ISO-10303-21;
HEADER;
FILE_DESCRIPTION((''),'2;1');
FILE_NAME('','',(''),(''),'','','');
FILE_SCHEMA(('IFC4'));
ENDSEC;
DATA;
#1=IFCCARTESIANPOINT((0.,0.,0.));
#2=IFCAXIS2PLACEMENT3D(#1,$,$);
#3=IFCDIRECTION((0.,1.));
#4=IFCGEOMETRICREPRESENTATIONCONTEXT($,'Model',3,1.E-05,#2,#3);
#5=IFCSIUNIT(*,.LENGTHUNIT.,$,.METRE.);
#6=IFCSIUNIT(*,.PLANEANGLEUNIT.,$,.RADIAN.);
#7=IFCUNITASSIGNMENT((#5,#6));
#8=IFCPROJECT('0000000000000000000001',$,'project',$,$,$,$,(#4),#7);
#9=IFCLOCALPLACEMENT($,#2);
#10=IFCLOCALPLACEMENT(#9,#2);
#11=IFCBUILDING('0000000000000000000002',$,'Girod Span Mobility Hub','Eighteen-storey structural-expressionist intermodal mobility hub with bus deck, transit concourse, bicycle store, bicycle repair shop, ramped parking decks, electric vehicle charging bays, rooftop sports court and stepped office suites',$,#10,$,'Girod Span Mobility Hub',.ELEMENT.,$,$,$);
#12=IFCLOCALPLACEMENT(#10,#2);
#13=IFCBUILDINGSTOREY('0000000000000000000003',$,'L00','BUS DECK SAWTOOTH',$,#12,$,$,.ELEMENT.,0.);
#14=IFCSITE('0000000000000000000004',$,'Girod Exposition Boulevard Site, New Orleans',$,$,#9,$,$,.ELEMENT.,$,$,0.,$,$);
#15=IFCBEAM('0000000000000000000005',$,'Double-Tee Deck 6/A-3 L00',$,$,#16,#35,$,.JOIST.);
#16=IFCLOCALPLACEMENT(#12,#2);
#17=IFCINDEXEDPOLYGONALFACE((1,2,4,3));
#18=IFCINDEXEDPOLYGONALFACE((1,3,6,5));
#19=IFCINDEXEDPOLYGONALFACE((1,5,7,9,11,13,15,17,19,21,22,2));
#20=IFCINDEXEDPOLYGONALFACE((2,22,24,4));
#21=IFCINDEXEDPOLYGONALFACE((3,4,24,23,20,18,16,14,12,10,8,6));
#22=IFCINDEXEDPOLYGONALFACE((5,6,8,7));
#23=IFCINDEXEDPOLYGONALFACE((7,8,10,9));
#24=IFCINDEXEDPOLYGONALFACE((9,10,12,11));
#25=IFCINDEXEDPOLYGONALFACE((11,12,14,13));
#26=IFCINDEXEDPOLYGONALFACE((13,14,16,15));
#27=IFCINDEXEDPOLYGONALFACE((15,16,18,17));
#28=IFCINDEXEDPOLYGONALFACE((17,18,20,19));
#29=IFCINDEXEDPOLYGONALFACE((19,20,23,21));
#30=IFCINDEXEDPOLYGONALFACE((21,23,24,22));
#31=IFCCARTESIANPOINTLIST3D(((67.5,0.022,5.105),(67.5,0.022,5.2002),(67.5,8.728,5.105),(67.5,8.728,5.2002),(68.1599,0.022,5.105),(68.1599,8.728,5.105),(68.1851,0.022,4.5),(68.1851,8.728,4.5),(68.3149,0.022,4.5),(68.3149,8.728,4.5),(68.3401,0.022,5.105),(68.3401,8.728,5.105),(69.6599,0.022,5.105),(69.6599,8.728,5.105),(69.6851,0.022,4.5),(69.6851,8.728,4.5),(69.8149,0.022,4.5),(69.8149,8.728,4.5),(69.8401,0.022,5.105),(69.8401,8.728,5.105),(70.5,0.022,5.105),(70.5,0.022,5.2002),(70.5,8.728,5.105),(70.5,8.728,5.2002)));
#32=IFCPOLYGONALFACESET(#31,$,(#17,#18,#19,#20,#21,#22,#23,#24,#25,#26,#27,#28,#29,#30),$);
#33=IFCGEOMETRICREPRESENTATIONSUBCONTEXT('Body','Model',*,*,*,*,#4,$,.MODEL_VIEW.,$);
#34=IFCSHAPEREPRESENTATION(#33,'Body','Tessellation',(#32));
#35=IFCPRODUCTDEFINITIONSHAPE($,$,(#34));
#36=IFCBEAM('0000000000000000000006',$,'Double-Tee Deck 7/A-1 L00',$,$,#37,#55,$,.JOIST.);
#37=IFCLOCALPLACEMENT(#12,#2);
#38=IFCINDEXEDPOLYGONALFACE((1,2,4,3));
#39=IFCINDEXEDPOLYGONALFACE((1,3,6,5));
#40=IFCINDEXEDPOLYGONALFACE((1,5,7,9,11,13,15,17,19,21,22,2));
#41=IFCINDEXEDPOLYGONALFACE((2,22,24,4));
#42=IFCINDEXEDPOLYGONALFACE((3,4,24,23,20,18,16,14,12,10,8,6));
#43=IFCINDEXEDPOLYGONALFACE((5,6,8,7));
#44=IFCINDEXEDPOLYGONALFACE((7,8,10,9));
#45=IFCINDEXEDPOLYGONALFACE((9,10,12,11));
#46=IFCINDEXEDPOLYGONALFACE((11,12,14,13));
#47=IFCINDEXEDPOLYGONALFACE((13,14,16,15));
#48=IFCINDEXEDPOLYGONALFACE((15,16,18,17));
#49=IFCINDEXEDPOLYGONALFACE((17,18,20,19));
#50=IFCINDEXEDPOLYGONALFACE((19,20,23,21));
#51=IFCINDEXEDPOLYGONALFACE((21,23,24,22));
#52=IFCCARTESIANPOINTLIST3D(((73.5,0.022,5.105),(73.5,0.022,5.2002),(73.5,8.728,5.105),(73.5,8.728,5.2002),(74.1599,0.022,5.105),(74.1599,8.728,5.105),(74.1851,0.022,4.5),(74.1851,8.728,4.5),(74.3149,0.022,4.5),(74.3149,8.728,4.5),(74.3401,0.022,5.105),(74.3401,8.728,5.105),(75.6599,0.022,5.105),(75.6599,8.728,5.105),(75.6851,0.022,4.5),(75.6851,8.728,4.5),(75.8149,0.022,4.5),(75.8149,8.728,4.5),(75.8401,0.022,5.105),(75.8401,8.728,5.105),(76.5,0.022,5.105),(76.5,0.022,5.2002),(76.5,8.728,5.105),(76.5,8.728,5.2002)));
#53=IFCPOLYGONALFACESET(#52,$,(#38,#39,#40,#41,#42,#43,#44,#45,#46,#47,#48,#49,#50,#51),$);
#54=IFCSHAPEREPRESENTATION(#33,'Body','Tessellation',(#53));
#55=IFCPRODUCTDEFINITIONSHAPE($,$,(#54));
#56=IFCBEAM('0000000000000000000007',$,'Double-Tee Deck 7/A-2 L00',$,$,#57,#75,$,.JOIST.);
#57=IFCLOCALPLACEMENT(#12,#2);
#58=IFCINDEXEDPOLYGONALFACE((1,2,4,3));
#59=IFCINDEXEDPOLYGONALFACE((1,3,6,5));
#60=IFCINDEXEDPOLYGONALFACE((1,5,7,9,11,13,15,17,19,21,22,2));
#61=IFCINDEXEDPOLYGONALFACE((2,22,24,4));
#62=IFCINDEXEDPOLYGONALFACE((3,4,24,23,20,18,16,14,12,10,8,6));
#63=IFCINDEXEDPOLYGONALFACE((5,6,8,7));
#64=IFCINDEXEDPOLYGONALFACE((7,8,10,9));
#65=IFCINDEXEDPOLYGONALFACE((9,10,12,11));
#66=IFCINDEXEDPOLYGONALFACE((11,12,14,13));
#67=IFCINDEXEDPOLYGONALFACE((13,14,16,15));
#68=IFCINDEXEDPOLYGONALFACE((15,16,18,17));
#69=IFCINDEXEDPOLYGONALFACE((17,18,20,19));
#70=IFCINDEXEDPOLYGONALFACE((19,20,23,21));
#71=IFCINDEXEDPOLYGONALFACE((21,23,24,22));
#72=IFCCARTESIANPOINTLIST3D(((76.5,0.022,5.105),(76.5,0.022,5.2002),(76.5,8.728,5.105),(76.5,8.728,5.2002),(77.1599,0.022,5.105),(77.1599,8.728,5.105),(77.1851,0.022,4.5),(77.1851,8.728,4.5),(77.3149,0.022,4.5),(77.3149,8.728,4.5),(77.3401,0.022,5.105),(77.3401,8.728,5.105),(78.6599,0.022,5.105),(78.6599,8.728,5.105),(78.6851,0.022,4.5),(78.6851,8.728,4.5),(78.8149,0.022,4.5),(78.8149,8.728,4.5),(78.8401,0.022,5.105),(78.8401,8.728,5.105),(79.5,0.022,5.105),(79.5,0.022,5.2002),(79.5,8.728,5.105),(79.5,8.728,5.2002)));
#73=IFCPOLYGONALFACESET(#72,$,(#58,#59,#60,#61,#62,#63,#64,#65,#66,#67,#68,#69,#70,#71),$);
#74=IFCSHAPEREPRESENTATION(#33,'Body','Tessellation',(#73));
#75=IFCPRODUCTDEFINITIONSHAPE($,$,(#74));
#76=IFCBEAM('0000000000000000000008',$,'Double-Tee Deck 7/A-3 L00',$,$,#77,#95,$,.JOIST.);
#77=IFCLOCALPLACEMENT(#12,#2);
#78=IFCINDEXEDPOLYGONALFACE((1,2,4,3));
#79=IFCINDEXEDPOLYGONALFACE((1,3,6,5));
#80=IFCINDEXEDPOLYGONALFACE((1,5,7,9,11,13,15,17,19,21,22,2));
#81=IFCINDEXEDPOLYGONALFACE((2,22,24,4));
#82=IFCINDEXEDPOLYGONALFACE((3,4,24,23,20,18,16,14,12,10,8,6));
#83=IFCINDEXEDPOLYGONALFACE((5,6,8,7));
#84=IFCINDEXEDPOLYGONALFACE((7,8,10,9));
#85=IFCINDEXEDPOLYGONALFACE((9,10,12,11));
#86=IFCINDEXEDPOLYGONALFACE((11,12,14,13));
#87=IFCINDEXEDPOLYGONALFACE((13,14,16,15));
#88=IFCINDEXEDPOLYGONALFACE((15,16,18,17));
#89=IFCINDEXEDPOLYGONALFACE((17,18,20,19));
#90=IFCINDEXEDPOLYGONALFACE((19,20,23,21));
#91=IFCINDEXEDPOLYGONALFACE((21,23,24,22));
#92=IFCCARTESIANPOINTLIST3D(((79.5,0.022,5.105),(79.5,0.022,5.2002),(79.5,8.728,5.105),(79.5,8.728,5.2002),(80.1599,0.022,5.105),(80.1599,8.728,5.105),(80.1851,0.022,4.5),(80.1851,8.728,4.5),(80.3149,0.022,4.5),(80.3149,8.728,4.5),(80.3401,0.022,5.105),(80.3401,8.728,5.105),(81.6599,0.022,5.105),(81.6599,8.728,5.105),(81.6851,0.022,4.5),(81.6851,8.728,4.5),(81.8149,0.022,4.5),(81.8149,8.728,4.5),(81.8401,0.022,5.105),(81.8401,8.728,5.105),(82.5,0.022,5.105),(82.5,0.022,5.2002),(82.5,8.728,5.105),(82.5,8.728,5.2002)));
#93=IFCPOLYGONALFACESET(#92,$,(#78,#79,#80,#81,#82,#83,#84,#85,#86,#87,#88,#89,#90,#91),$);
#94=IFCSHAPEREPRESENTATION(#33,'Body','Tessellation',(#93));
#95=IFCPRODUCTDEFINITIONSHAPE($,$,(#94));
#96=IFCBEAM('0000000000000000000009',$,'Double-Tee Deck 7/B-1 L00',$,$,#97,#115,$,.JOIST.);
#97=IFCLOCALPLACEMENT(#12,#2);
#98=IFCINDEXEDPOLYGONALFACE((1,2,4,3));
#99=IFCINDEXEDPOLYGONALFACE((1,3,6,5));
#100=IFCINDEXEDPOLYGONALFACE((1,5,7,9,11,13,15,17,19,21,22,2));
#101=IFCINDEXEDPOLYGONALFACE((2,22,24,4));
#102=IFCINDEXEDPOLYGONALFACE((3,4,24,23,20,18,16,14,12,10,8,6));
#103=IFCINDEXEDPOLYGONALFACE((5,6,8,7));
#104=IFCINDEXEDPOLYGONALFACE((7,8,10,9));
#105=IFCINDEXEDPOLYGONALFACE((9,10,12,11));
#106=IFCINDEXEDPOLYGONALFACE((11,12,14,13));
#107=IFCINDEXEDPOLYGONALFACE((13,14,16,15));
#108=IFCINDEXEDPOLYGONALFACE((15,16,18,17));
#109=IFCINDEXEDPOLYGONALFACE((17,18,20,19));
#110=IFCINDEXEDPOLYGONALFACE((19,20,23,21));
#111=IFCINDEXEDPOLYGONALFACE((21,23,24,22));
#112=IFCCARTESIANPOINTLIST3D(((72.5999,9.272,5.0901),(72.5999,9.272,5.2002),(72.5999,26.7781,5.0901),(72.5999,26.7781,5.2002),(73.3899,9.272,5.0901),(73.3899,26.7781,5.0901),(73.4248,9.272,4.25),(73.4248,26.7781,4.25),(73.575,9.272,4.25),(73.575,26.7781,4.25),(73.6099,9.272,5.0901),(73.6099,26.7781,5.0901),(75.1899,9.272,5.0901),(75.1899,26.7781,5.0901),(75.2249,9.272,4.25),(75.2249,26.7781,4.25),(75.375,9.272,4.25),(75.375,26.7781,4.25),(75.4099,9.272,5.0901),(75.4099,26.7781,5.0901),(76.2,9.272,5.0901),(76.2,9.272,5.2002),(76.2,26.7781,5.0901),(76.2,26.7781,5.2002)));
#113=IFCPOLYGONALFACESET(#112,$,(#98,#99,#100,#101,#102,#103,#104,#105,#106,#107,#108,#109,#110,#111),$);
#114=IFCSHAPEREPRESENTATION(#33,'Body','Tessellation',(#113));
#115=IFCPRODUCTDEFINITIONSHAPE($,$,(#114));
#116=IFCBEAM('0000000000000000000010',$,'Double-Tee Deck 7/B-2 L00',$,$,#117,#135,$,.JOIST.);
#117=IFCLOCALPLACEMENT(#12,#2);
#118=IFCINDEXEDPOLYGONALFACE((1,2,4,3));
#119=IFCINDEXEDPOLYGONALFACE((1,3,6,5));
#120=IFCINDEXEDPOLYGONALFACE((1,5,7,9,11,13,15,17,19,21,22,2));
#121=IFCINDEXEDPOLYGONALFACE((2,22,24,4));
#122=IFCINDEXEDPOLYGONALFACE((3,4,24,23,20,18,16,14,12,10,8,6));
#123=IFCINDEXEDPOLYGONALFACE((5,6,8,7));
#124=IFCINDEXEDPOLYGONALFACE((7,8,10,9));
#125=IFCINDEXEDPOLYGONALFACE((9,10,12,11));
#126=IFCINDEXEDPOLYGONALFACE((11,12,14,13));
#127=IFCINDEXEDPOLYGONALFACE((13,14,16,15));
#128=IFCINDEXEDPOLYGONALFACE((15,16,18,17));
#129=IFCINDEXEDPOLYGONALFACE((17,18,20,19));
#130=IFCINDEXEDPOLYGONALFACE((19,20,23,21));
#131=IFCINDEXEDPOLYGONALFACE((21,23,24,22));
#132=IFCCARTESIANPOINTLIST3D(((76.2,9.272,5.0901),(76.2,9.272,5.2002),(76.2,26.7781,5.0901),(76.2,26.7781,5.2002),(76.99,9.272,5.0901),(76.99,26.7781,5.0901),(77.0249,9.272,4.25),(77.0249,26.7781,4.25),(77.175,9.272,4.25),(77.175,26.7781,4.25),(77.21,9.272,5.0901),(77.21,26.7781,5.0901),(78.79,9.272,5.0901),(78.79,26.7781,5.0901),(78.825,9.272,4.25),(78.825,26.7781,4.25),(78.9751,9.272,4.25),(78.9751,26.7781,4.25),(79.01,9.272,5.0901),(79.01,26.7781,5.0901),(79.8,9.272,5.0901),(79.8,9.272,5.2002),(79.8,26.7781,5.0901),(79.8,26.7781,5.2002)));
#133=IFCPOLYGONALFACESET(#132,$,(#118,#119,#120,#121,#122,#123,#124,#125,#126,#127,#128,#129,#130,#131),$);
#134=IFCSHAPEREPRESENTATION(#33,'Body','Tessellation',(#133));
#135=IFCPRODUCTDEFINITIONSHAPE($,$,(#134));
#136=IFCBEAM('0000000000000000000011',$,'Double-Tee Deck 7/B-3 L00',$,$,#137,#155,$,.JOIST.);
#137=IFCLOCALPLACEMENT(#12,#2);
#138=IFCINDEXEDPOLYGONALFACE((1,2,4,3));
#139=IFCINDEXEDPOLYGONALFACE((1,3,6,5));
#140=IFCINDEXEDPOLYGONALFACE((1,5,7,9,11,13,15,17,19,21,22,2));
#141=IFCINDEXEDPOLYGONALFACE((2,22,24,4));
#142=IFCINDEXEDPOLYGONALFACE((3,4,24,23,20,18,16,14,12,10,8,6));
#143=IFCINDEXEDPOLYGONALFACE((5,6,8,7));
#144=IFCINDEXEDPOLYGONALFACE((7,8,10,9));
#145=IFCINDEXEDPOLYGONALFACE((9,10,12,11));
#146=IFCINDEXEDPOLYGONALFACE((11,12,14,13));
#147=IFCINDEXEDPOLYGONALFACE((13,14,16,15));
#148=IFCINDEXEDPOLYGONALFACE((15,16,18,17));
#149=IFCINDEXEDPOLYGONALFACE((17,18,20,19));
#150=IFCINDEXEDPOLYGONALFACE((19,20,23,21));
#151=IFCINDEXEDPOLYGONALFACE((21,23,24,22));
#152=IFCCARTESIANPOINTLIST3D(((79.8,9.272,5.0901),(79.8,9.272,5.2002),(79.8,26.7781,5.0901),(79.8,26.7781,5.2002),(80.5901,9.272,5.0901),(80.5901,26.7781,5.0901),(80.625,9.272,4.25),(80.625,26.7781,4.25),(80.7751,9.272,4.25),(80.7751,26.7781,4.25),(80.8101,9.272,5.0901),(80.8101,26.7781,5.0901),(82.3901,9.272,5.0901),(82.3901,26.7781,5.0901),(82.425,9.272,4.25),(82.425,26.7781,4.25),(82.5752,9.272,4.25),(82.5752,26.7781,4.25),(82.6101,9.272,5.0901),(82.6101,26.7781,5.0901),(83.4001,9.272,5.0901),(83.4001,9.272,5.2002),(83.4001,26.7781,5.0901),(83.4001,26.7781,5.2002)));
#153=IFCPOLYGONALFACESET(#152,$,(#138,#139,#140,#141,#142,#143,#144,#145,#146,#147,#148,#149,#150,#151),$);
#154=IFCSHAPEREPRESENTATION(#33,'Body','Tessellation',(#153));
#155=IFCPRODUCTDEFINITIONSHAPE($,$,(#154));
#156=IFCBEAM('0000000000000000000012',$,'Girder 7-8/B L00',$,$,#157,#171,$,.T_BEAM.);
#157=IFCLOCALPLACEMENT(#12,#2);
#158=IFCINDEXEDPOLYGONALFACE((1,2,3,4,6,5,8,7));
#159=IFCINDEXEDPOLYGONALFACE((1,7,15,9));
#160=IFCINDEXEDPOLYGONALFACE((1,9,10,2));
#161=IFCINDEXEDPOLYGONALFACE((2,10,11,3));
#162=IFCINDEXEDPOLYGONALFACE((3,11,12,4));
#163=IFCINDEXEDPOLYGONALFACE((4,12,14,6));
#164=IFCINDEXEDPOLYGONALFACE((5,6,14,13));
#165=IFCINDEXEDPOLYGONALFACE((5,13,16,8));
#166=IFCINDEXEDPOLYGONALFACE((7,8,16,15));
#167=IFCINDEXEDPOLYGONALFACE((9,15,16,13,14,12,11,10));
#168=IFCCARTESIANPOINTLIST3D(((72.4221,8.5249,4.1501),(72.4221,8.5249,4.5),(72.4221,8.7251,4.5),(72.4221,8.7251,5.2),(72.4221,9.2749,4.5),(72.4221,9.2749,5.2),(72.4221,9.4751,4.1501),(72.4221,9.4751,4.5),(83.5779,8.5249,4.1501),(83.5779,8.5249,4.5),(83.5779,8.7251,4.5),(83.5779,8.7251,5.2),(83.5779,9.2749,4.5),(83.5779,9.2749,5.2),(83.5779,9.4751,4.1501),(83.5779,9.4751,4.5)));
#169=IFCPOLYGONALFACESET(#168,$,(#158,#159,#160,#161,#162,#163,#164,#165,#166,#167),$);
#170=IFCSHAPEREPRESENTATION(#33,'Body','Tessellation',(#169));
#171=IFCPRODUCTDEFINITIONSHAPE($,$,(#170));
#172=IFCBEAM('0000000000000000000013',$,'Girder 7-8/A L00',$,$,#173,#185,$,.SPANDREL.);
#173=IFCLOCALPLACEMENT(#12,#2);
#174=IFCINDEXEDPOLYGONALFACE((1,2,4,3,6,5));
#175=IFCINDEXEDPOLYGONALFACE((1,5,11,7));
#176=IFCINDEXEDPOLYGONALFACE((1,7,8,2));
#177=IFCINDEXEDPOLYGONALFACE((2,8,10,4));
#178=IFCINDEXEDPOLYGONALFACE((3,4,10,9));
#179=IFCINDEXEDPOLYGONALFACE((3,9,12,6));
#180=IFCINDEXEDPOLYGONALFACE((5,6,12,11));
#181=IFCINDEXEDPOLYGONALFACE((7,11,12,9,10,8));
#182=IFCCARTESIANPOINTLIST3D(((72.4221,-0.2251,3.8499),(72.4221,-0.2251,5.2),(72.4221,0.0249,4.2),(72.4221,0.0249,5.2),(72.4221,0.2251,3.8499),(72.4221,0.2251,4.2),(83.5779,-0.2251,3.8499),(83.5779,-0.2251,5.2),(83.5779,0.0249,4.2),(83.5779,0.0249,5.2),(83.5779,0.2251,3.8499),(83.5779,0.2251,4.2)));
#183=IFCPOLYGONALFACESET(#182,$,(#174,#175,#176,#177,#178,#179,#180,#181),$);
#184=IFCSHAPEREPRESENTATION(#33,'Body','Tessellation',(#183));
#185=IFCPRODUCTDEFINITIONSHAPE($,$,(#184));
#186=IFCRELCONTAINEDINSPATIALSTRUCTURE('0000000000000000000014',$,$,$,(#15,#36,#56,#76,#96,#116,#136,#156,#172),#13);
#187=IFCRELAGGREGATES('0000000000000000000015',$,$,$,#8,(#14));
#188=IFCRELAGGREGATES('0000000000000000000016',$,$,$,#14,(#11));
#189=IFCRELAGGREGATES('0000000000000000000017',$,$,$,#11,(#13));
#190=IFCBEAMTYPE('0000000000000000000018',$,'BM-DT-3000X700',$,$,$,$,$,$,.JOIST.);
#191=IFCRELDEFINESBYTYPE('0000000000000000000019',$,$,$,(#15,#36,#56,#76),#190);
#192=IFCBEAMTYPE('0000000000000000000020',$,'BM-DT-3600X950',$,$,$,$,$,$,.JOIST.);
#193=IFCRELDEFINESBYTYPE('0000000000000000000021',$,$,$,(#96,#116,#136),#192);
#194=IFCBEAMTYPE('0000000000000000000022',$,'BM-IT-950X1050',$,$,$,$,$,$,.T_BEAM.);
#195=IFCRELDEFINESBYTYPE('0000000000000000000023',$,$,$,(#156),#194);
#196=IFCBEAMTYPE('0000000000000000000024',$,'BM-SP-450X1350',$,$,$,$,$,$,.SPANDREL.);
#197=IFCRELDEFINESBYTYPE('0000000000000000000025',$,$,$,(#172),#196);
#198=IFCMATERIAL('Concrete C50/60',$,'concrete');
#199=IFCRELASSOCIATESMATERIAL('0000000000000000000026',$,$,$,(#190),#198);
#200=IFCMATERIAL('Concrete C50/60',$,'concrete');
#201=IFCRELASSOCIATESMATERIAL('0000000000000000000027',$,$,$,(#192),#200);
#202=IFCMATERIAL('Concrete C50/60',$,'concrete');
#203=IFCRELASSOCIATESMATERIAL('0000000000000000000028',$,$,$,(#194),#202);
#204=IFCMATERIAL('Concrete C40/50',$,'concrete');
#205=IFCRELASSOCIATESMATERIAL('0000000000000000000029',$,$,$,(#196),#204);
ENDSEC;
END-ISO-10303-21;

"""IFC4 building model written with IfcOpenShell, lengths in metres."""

from ifc_helpers import new_model, si_unit, direction, frame, origin, place, context, subcontext, project, spatial, polyline, outline, extrude, material, material_profile, profile_set, type_object, element, save


model = new_model("IFC4")

# Units and contexts
model_context = context("Model", 3, precision=1e-05, world=origin(), true_north=direction((0.0, 1.0)))
body_context = subcontext(model_context, "Body", "Model", "MODEL_VIEW")
ifc_project = project(units=[si_unit("LENGTHUNIT", "METRE"), si_unit("PLANEANGLEUNIT", "RADIAN")], contexts=[model_context])

# Site, building, storey
site_placement = place(None, origin())
site = spatial("IfcSite", under=ifc_project, at=site_placement, Name="Girod Exposition Boulevard Site, New Orleans", CompositionType="ELEMENT", RefElevation=0.0)
building_placement = place(site_placement, origin())
building = spatial("IfcBuilding", under=site, at=building_placement, Name="Girod Span Mobility Hub", Description="Eighteen-storey structural-expressionist intermodal mobility hub with bus deck, transit concourse, bicycle store, bicycle repair shop, ramped parking decks, electric vehicle charging bays, rooftop sports court and stepped office suites", LongName="Girod Span Mobility Hub", CompositionType="ELEMENT")
storey_placement = place(building_placement, origin())
storey = spatial("IfcBuildingStorey", under=building, at=storey_placement, Name="L00", Description="BUS DECK SAWTOOTH", CompositionType="ELEMENT", Elevation=0.0)

# Beams
ifc_material_1 = material(Name="Concrete C50/60", Category="concrete")
ifc_material_profile_1 = material_profile(ifc_material_1, outline(polyline([(-1.5, 0.3501), (-1.5, 0.2549), (-0.8401, 0.2549), (-0.8149, -0.3501), (-0.6851, -0.3501), (-0.6599, 0.2549), (0.6599, 0.2549), (0.6851, -0.3501), (0.8149, -0.3501), (0.8401, 0.2549), (1.5, 0.2549), (1.5, 0.3501), (-1.5, 0.3501)])), Name="DT-3000X700")
ifc_profile_set_1 = profile_set([ifc_material_profile_1], Name="Concrete C50/60")
beam_type_1 = type_object("IfcBeamType", Name="BM-DT-3000X700", PredefinedType="JOIST", material=ifc_profile_set_1)
for number, where, z_axis, x_axis, name in (
    (1, (69.0, 0.022, 4.8501), (0.0, 1.0, 0.0), (-1.0, 0.0, 0.0), "Double-Tee Deck 6/A-3 L00"),
    (2, (75.0, 0.022, 4.8501), (0.0, 1.0, 0.0), (-1.0, 0.0, 0.0), "Double-Tee Deck 7/A-1 L00"),
    (3, (78.0, 0.022, 4.8501), (0.0, 1.0, 0.0), (-1.0, 0.0, 0.0), "Double-Tee Deck 7/A-2 L00"),
    (4, (81.0, 0.022, 4.8501), (0.0, 1.0, 0.0), (-1.0, 0.0, 0.0), "Double-Tee Deck 7/A-3 L00"),
):
    element("IfcBeam", number, at=place(storey_placement, frame(where, z_axis=z_axis, x_axis=x_axis)), inside=storey, type_object=beam_type_1, Name=name, PredefinedType="JOIST", context=body_context, shape_type="SweptSolid", body=[
        extrude(outline(polyline([(-1.5, 0.3501), (-1.5, 0.2549), (-0.8401, 0.2549), (-0.8149, -0.3501), (-0.6851, -0.3501), (-0.6599, 0.2549), (0.6599, 0.2549), (0.6851, -0.3501), (0.8149, -0.3501), (0.8401, 0.2549), (1.5, 0.2549), (1.5, 0.3501), (-1.5, 0.3501)])), origin(), (0.0, 0.0, 1.0), 8.7061),
    ])
ifc_material_2 = material(Name="Concrete C50/60", Category="concrete")
ifc_material_profile_2 = material_profile(ifc_material_2, outline(polyline([(-1.8, 0.4751), (-1.8, 0.365), (-1.01, 0.365), (-0.9751, -0.4751), (-0.825, -0.4751), (-0.79, 0.365), (0.79, 0.365), (0.825, -0.4751), (0.9751, -0.4751), (1.01, 0.365), (1.8, 0.365), (1.8, 0.4751), (-1.8, 0.4751)])), Name="DT-3600X950")
ifc_profile_set_2 = profile_set([ifc_material_profile_2], Name="Concrete C50/60")
beam_type_2 = type_object("IfcBeamType", Name="BM-DT-3600X950", PredefinedType="JOIST", material=ifc_profile_set_2)
for number, where, z_axis, x_axis, name in (
    (5, (74.3999, 9.272, 4.7251), (0.0, 1.0, 0.0), (-1.0, 0.0, 0.0), "Double-Tee Deck 7/B-1 L00"),
    (6, (78.0, 9.272, 4.7251), (0.0, 1.0, 0.0), (-1.0, 0.0, 0.0), "Double-Tee Deck 7/B-2 L00"),
    (7, (81.6001, 9.272, 4.7251), (0.0, 1.0, 0.0), (-1.0, 0.0, 0.0), "Double-Tee Deck 7/B-3 L00"),
):
    element("IfcBeam", number, at=place(storey_placement, frame(where, z_axis=z_axis, x_axis=x_axis)), inside=storey, type_object=beam_type_2, Name=name, PredefinedType="JOIST", context=body_context, shape_type="SweptSolid", body=[
        extrude(outline(polyline([(-1.8, 0.4751), (-1.8, 0.365), (-1.01, 0.365), (-0.9751, -0.4751), (-0.825, -0.4751), (-0.79, 0.365), (0.79, 0.365), (0.825, -0.4751), (0.9751, -0.4751), (1.01, 0.365), (1.8, 0.365), (1.8, 0.4751), (-1.8, 0.4751)])), origin(), (0.0, 0.0, 1.0), 17.5061),
    ])
ifc_material_3 = material(Name="Concrete C50/60", Category="concrete")
ifc_material_profile_3 = material_profile(ifc_material_3, outline(polyline([(-0.4751, -0.5249), (0.4751, -0.5249), (0.4751, -0.175), (0.2749, -0.175), (0.2749, 0.5249), (-0.2749, 0.5249), (-0.2749, -0.175), (-0.4751, -0.175), (-0.4751, -0.5249)])), Name="IT-950X1050")
ifc_profile_set_3 = profile_set([ifc_material_profile_3], Name="Concrete C50/60")
beam_type_3 = type_object("IfcBeamType", Name="BM-IT-950X1050", PredefinedType="T_BEAM", material=ifc_profile_set_3)
beam_1_placement = place(storey_placement, frame((72.4221, 9.0, 4.675), z_axis=(1.0, 0.0, 0.0), x_axis=(0.0, 1.0, 0.0)))
element("IfcBeam", 8, at=beam_1_placement, inside=storey, type_object=beam_type_3, Name="Girder 7-8/B L00", PredefinedType="T_BEAM", context=body_context, shape_type="SweptSolid", body=[
    extrude(outline(polyline([(-0.4751, -0.5249), (0.4751, -0.5249), (0.4751, -0.175), (0.2749, -0.175), (0.2749, 0.5249), (-0.2749, 0.5249), (-0.2749, -0.175), (-0.4751, -0.175), (-0.4751, -0.5249)])), origin(), (0.0, 0.0, 1.0), 11.1558),
])
ifc_material_4 = material(Name="Concrete C40/50", Category="concrete")
ifc_material_profile_4 = material_profile(ifc_material_4, outline(polyline([(-0.2251, -0.675), (0.2251, -0.675), (0.2251, -0.325), (0.0249, -0.325), (0.0249, 0.675), (-0.2251, 0.675), (-0.2251, -0.675)])), Name="SP-450X1350")
ifc_profile_set_4 = profile_set([ifc_material_profile_4], Name="Concrete C40/50")
beam_type_4 = type_object("IfcBeamType", Name="BM-SP-450X1350", PredefinedType="SPANDREL", material=ifc_profile_set_4)
beam_2_placement = place(storey_placement, frame((72.4221, 0.0, 4.5249), z_axis=(1.0, 0.0, 0.0), x_axis=(0.0, 1.0, 0.0)))
element("IfcBeam", 9, at=beam_2_placement, inside=storey, type_object=beam_type_4, Name="Girder 7-8/A L00", PredefinedType="SPANDREL", context=body_context, shape_type="SweptSolid", body=[
    extrude(outline(polyline([(-0.2251, -0.675), (0.2251, -0.675), (0.2251, -0.325), (0.0249, -0.325), (0.0249, 0.675), (-0.2251, 0.675), (-0.2251, -0.675)])), origin(), (0.0, 0.0, 1.0), 11.1558),
])

save(model, "model.ifc")
